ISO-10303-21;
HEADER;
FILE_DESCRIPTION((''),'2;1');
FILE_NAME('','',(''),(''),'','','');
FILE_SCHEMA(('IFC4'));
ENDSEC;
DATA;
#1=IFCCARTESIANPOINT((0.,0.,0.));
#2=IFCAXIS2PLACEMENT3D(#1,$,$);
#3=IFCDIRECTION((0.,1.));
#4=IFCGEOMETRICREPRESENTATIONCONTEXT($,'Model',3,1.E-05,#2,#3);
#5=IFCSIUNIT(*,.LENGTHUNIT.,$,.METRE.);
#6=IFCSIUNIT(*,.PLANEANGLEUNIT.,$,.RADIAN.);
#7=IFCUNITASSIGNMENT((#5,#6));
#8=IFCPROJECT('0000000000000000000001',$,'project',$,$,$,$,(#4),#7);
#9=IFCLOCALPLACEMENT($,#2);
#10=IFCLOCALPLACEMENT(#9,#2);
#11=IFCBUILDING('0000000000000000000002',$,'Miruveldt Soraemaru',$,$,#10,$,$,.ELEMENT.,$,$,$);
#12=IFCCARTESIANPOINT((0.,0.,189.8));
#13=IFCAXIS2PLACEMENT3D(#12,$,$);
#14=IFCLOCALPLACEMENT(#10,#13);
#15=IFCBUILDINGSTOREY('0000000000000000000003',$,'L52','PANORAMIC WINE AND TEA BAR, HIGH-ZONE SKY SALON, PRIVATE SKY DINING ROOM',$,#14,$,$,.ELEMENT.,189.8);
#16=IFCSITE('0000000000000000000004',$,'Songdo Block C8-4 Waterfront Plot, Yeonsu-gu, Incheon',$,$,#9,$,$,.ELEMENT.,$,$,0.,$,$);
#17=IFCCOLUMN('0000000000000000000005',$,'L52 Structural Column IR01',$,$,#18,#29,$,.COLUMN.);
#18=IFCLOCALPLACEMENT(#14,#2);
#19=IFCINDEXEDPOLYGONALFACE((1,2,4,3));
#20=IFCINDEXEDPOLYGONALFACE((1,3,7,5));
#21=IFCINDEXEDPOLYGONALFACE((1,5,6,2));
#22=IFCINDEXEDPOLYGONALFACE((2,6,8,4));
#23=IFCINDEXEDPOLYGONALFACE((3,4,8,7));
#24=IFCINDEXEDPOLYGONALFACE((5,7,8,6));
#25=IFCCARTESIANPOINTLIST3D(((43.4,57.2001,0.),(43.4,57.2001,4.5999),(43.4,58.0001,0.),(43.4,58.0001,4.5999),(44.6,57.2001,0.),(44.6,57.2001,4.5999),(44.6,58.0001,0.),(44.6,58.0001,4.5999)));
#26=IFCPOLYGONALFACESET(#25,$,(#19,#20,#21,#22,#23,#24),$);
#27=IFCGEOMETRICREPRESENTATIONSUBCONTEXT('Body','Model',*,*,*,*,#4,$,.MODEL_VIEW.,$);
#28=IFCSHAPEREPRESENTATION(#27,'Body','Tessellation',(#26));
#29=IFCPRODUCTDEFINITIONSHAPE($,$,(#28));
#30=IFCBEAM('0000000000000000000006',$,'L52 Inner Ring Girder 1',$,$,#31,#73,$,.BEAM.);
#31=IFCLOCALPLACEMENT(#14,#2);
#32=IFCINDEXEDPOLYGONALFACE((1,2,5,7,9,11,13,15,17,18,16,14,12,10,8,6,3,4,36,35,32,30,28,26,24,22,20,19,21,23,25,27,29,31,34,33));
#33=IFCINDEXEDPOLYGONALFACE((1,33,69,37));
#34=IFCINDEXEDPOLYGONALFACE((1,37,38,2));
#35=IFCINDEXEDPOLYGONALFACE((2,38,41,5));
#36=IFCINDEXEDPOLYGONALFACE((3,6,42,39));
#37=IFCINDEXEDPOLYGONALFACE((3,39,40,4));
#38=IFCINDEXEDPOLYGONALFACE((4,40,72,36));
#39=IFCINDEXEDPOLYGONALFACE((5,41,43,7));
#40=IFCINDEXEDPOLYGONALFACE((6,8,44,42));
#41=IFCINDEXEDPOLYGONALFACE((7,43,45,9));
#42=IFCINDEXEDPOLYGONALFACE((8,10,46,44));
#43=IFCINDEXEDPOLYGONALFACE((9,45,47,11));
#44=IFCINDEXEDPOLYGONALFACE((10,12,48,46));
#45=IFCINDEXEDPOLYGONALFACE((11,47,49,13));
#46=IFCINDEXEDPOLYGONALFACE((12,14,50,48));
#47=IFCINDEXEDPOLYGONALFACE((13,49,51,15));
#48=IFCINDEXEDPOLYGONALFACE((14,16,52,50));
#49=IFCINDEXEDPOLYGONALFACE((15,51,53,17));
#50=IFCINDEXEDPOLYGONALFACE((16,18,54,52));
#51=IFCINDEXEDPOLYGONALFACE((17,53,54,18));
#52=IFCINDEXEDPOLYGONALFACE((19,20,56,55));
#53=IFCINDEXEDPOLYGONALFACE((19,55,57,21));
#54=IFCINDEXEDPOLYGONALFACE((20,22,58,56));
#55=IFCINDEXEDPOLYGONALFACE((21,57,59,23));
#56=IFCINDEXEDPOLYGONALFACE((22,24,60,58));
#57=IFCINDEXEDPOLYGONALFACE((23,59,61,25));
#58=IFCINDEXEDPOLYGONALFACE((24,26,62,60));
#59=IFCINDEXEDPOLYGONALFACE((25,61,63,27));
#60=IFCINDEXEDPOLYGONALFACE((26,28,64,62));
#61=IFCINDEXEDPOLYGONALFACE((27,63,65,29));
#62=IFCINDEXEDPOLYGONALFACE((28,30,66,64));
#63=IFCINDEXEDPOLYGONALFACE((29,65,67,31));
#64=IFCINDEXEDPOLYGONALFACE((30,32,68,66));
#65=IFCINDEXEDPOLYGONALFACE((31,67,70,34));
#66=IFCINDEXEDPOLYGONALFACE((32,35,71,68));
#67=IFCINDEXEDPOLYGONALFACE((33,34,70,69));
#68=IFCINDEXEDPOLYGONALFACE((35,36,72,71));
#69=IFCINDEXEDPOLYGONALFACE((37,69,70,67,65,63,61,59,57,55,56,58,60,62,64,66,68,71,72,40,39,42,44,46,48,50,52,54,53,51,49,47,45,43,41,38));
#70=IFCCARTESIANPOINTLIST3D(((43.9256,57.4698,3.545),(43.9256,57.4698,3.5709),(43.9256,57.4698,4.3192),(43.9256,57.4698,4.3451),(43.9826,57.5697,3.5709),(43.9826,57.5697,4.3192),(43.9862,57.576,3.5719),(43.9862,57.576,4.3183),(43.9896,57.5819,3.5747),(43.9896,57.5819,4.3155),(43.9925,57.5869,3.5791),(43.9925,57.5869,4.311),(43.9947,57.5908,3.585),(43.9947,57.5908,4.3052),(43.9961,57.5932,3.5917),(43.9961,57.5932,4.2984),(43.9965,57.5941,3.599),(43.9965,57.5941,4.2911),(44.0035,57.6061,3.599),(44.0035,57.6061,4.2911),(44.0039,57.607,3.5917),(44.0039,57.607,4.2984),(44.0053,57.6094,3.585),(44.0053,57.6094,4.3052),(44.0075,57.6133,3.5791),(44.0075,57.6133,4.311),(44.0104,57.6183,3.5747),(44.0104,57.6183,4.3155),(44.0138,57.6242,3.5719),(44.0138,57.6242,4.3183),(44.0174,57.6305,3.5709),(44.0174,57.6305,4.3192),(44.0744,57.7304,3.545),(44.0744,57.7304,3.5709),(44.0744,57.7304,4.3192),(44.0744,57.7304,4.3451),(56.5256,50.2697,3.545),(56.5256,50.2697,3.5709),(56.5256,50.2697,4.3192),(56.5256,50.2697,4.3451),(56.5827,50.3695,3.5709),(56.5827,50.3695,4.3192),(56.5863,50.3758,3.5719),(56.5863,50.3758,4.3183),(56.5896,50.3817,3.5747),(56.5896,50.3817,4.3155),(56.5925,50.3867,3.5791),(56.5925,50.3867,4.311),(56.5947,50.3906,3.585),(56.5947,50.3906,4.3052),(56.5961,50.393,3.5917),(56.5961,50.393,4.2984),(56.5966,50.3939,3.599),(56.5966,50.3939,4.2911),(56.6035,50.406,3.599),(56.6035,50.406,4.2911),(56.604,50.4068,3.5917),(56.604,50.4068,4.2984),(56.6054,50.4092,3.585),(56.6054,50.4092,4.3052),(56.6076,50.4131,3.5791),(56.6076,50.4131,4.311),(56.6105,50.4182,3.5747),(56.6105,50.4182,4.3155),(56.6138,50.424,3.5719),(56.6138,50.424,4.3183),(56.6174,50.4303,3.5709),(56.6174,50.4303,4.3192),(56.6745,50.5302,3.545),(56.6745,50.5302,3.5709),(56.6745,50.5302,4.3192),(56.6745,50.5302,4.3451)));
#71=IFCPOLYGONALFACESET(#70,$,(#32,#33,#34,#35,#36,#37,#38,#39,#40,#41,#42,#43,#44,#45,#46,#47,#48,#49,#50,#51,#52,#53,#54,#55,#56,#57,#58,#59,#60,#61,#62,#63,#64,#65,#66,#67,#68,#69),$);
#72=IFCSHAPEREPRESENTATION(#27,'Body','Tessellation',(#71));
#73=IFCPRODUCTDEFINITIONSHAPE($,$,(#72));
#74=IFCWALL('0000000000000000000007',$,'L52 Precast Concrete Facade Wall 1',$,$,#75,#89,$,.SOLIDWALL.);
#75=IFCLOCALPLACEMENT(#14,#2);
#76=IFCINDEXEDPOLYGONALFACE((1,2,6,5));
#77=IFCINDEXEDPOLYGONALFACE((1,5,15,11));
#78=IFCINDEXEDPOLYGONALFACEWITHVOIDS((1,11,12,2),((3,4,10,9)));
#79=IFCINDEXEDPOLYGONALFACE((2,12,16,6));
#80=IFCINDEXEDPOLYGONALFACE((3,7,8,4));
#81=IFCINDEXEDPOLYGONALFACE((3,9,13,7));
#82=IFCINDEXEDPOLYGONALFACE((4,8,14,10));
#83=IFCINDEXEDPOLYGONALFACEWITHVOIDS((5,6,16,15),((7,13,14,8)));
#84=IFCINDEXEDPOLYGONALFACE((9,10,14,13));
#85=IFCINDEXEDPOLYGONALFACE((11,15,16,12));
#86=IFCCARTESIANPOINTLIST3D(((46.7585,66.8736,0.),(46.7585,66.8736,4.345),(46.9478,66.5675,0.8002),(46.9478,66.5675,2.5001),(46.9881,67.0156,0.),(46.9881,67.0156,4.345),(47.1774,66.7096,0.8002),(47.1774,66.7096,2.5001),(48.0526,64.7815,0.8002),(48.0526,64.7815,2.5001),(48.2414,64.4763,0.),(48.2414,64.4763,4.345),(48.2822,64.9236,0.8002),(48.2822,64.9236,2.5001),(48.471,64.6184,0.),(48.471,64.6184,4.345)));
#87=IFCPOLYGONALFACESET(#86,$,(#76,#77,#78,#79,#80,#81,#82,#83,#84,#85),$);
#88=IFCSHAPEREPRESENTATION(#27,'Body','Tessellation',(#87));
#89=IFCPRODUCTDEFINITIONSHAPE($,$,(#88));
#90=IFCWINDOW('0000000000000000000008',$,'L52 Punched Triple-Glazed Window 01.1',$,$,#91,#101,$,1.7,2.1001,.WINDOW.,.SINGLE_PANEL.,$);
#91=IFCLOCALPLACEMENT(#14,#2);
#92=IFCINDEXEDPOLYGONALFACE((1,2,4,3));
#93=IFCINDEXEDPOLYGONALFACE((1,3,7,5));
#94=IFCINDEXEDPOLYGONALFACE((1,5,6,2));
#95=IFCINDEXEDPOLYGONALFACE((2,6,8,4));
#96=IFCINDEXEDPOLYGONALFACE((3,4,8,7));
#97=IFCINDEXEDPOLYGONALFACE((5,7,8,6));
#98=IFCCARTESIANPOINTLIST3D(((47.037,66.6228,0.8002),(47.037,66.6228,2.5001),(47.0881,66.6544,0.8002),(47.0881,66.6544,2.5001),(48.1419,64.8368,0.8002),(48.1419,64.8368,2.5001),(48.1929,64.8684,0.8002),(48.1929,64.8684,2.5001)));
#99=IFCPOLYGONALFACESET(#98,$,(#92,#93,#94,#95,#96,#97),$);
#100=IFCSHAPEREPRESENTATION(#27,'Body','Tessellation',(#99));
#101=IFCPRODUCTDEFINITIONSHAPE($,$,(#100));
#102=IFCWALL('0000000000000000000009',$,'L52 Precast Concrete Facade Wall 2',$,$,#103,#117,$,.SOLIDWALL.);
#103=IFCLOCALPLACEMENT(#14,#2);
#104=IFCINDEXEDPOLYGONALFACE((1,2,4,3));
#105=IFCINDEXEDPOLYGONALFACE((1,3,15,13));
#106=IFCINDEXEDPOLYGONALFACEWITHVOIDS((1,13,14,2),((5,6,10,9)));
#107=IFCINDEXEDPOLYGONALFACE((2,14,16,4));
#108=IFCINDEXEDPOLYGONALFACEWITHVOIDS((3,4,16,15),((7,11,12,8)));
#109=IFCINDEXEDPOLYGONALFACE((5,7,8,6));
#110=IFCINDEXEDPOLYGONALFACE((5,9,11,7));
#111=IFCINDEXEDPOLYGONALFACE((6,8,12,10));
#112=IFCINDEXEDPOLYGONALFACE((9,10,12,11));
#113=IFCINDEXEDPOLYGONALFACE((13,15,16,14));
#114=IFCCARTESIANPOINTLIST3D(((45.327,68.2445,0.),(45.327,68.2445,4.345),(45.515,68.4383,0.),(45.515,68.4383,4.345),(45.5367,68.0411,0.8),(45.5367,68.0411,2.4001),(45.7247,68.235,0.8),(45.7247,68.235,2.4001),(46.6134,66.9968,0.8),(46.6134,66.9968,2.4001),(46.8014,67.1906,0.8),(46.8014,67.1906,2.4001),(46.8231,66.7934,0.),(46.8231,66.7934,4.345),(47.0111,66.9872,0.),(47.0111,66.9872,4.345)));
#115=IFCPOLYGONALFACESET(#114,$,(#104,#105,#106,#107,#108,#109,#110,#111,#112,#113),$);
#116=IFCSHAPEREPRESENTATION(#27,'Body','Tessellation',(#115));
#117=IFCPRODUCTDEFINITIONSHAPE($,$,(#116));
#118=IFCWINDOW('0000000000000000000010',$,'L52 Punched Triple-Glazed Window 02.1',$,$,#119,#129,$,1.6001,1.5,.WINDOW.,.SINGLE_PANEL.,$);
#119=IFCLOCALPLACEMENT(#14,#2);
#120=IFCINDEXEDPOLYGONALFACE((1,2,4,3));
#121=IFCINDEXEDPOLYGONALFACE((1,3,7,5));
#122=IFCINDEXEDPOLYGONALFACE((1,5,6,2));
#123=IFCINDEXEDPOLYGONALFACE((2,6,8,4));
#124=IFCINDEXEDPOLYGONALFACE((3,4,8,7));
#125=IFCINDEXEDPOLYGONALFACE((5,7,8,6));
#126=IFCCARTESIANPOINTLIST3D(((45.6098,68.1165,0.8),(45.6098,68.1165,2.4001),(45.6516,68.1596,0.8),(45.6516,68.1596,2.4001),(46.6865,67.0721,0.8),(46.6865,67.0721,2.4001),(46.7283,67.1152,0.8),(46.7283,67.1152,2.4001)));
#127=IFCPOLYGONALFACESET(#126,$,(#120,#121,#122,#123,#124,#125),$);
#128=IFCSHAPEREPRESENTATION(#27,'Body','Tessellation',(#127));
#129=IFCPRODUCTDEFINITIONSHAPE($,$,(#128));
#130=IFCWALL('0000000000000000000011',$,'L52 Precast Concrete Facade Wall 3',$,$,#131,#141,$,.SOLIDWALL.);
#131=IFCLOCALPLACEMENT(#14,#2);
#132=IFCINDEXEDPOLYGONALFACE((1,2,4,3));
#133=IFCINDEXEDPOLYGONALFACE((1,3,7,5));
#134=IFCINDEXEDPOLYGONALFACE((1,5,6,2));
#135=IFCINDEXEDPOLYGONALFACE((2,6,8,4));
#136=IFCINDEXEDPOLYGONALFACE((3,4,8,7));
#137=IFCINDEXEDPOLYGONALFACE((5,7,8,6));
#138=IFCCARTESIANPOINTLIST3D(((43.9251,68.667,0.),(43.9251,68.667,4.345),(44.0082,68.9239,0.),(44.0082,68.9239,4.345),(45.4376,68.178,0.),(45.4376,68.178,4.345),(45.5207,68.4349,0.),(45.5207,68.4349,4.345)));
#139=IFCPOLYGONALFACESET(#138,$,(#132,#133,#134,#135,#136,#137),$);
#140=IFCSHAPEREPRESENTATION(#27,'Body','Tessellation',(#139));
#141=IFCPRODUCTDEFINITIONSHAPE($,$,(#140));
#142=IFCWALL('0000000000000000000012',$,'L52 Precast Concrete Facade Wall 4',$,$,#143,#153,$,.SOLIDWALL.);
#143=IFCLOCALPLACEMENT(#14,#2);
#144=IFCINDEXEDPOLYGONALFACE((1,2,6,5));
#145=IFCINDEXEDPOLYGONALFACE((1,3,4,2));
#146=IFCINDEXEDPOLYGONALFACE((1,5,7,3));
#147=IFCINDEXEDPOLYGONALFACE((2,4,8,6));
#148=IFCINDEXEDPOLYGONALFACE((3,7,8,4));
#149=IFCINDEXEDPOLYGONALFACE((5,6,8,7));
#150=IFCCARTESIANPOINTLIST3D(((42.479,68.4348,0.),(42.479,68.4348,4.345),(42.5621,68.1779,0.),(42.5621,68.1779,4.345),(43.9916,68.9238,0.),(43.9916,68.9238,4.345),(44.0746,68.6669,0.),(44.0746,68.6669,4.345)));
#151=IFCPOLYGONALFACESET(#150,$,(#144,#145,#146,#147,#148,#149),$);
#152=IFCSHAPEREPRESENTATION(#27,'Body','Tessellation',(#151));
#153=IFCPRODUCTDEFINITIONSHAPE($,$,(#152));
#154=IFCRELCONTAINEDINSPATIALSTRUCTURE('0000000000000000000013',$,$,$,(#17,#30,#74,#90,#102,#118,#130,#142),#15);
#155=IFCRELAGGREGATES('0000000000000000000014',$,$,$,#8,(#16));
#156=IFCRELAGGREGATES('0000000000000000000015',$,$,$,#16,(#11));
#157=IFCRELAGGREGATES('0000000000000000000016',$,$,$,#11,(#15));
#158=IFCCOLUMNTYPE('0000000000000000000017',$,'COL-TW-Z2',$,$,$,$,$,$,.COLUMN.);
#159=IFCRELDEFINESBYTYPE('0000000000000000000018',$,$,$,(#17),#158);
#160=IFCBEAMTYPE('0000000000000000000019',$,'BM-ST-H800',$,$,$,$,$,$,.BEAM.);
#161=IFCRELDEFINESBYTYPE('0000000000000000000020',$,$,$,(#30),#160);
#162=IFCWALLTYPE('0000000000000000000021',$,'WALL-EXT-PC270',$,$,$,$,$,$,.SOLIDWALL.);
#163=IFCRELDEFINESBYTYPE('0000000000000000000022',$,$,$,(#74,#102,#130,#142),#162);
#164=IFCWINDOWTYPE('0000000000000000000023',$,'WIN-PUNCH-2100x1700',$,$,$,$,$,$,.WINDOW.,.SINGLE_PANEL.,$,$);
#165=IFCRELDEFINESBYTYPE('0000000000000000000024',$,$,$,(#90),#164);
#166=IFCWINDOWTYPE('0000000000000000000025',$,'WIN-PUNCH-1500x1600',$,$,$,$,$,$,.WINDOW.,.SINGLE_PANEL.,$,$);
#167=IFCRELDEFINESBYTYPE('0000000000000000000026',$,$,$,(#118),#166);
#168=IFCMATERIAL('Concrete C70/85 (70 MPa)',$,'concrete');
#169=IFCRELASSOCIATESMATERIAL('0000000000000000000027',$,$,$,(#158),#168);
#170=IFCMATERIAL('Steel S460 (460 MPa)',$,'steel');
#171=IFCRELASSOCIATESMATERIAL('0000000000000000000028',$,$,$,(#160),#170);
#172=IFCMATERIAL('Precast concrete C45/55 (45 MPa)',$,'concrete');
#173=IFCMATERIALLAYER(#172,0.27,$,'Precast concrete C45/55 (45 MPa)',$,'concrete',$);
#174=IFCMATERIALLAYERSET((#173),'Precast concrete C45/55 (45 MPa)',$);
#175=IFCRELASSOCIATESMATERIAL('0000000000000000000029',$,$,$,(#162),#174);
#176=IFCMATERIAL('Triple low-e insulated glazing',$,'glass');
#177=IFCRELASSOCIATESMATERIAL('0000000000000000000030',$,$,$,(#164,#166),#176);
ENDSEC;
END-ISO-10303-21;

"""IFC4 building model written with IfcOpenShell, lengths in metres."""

from ifc_helpers import new_model, si_unit, direction, frame, frame_2d, origin, origin_2d, place, context, subcontext, project, spatial, rectangle, i_section, extrude, material, layer, layer_set, material_profile, profile_set, type_object, element, fill, save


model = new_model("IFC4")

# Units and contexts
model_context = context("Model", 3, precision=1e-05, world=origin(), true_north=direction((0.0, 1.0)))
body_context = subcontext(model_context, "Body", "Model", "MODEL_VIEW")
ifc_project = project(units=[si_unit("LENGTHUNIT", "METRE"), si_unit("PLANEANGLEUNIT", "RADIAN")], contexts=[model_context])

# Site, building, storey
site_placement = place(None, origin())
site = spatial("IfcSite", under=ifc_project, at=site_placement, Name="Songdo Block C8-4 Waterfront Plot, Yeonsu-gu, Incheon", CompositionType="ELEMENT", RefElevation=0.0)
building_placement = place(site_placement, origin())
building = spatial("IfcBuilding", under=site, at=building_placement, Name="Miruveldt Soraemaru", CompositionType="ELEMENT")
storey_placement = place(building_placement, frame((0.0, 0.0, 189.8)))
storey = spatial("IfcBuildingStorey", under=building, at=storey_placement, Name="L52", Description="PANORAMIC WINE AND TEA BAR, HIGH-ZONE SKY SALON, PRIVATE SKY DINING ROOM", CompositionType="ELEMENT", Elevation=189.8)

# Column
ifc_material_1 = material(Name="Concrete C70/85 (70 MPa)", Category="concrete")
ifc_material_profile_1 = material_profile(ifc_material_1, rectangle(XDim=1.2, YDim=0.8, at=origin_2d()), Name="Concrete C70/85 (70 MPa)", Category="concrete")
ifc_profile_set_1 = profile_set([ifc_material_profile_1], Name="Concrete C70/85 (70 MPa)")
column_type = type_object("IfcColumnType", Name="COL-TW-Z2", PredefinedType="COLUMN", material=ifc_profile_set_1)
column_placement = place(storey_placement, frame((44.0, 57.6001, 0.0), z_axis=(0.0, 0.0, 1.0), x_axis=(1.0, 0.0, 0.0)))
element("IfcColumn", 1, at=column_placement, inside=storey, type_object=column_type, Name="L52 Structural Column IR01", PredefinedType="COLUMN", context=body_context, shape_type="SweptSolid", body=[
    extrude(rectangle(XDim=1.2, YDim=0.8, at=origin_2d()), origin(), (0.0, 0.0, 1.0), 4.5999),
])

# Beam
ifc_material_2 = material(Name="Steel S460 (460 MPa)", Category="steel")
ifc_material_profile_2 = material_profile(ifc_material_2, i_section(OverallWidth=0.3, OverallDepth=0.8, WebThickness=0.0139, FlangeThickness=0.0259, FilletRadius=0.0281, at=origin_2d()), Name="Steel S460 (460 MPa)", Category="steel")
ifc_profile_set_2 = profile_set([ifc_material_profile_2], Name="Steel S460 (460 MPa)")
beam_type = type_object("IfcBeamType", Name="BM-ST-H800", PredefinedType="BEAM", material=ifc_profile_set_2)
beam_placement = place(storey_placement, frame((44.0, 57.6001, 3.9451), z_axis=(0.868239, -0.496146, 0.0), x_axis=(0.496146, 0.868239, 0.0)))
element("IfcBeam", 2, at=beam_placement, inside=storey, type_object=beam_type, Name="L52 Inner Ring Girder 1", PredefinedType="BEAM", context=body_context, shape_type="SweptSolid", body=[
    extrude(i_section(OverallWidth=0.3, OverallDepth=0.8, WebThickness=0.0139, FlangeThickness=0.0259, FilletRadius=0.0281, at=origin_2d()), origin(), (0.0, 0.0, 1.0), 14.5122),
])

# Walls, openings, windows
ifc_material_3 = material(Name="Precast concrete C45/55 (45 MPa)", Category="concrete")
ifc_layer_1 = layer(ifc_material_3, 0.27, Name="Precast concrete C45/55 (45 MPa)", Category="concrete")
ifc_layer_set_1 = layer_set([ifc_layer_1], Name="Precast concrete C45/55 (45 MPa)")
wall_type_1 = type_object("IfcWallType", Name="WALL-EXT-PC270", PredefinedType="SOLIDWALL", material=ifc_layer_set_1)
wall_1_placement = place(storey_placement, frame((48.3562, 64.5474, 0.0), z_axis=(0.0, 0.0, 1.0), x_axis=(-0.526077, 0.850437, 0.0)))
wall_1 = element("IfcWall", 3, at=wall_1_placement, inside=storey, type_object=wall_type_1, Name="L52 Precast Concrete Facade Wall 1", PredefinedType="SOLIDWALL", context=body_context, shape_type="SweptSolid", body=[
    extrude(rectangle(XDim=2.8188, YDim=0.27, at=frame_2d((1.4094, 0.0))), origin(), (0.0, 0.0, 1.0), 4.345),
])
opening_1_placement = place(wall_1_placement, frame((0.3589, 0.0, 0.8)))
opening_1 = element("IfcOpeningElement", 4, at=opening_1_placement, cuts=wall_1, PredefinedType="OPENING", context=body_context, shape_type="SweptSolid", body=[
    extrude(rectangle(XDim=2.1001, YDim=1.7, at=frame_2d((1.05, 0.8501))), frame((0.0, 0.145, 0.0), z_axis=(0.0, -1.0, 0.0), x_axis=(1.0, 0.0, 0.0)), (0.0, 0.0, 1.0), 0.29),
])
ifc_material_4 = material(Name="Triple low-e insulated glazing", Category="glass")
window_type_1 = type_object("IfcWindowType", Name="WIN-PUNCH-2100x1700", PartitioningType="SINGLE_PANEL", PredefinedType="WINDOW", material=ifc_material_4)
window_1_placement = place(opening_1_placement, origin())
window_1 = element("IfcWindow", 5, at=window_1_placement, inside=storey, type_object=window_type_1, Name="L52 Punched Triple-Glazed Window 01.1", OverallHeight=1.7, OverallWidth=2.1001, PartitioningType="SINGLE_PANEL", PredefinedType="WINDOW", context=body_context, shape_type="SweptSolid", body=[
    extrude(rectangle(XDim=2.1001, YDim=1.7, at=frame_2d((1.05, 0.8501))), frame((0.0, 0.03, 0.0), z_axis=(0.0, -1.0, 0.0), x_axis=(1.0, 0.0, 0.0)), (0.0, 0.0, 1.0), 0.0601),
])
fill(opening_1, window_1)
wall_2_placement = place(storey_placement, frame((46.917, 66.8904, 0.0), z_axis=(0.0, 0.0, 1.0), x_axis=(-0.717801, 0.696248, 0.0)))
wall_2 = element("IfcWall", 6, at=wall_2_placement, inside=storey, type_object=wall_type_1, Name="L52 Precast Concrete Facade Wall 2", PredefinedType="SOLIDWALL", context=body_context, shape_type="SweptSolid", body=[
    extrude(rectangle(XDim=2.0842, YDim=0.27, at=frame_2d((1.042, 0.0))), origin(), (0.0, 0.0, 1.0), 4.345),
])
opening_2_placement = place(wall_2_placement, frame((0.292, 0.0, 0.8)))
opening_2 = element("IfcOpeningElement", 7, at=opening_2_placement, cuts=wall_2, PredefinedType="OPENING", context=body_context, shape_type="SweptSolid", body=[
    extrude(rectangle(XDim=1.5, YDim=1.6001, at=frame_2d((0.75, 0.8))), frame((0.0, 0.145, 0.0), z_axis=(0.0, -1.0, 0.0), x_axis=(1.0, 0.0, 0.0)), (0.0, 0.0, 1.0), 0.29),
])
window_type_2 = type_object("IfcWindowType", Name="WIN-PUNCH-1500x1600", PartitioningType="SINGLE_PANEL", PredefinedType="WINDOW", material=ifc_material_4)
window_2_placement = place(opening_2_placement, origin())
window_2 = element("IfcWindow", 8, at=window_2_placement, inside=storey, type_object=window_type_2, Name="L52 Punched Triple-Glazed Window 02.1", OverallHeight=1.6001, OverallWidth=1.5, PartitioningType="SINGLE_PANEL", PredefinedType="WINDOW", context=body_context, shape_type="SweptSolid", body=[
    extrude(rectangle(XDim=1.5, YDim=1.6001, at=frame_2d((0.75, 0.8))), frame((0.0, 0.03, 0.0), z_axis=(0.0, -1.0, 0.0), x_axis=(1.0, 0.0, 0.0)), (0.0, 0.0, 1.0), 0.0601),
])
fill(opening_2, window_2)

# Walls
for number, where, z_axis, x_axis, name in (
    (9, (45.4792, 68.3064, 0.0), (0.0, 0.0, 1.0), (-0.951501, 0.307644, 0.0), "L52 Precast Concrete Facade Wall 3"),
    (10, (44.0332, 68.7954, 0.0), (0.0, 0.0, 1.0), (-0.951501, -0.307644, 0.0), "L52 Precast Concrete Facade Wall 4"),
):
    element("IfcWall", number, at=place(storey_placement, frame(where, z_axis=z_axis, x_axis=x_axis)), inside=storey, type_object=wall_type_1, Name=name, PredefinedType="SOLIDWALL", context=body_context, shape_type="SweptSolid", body=[
        extrude(rectangle(XDim=1.5896, YDim=0.27, at=frame_2d((0.7949, 0.0))), origin(), (0.0, 0.0, 1.0), 4.345),
    ])

save(model, "model.ifc")
